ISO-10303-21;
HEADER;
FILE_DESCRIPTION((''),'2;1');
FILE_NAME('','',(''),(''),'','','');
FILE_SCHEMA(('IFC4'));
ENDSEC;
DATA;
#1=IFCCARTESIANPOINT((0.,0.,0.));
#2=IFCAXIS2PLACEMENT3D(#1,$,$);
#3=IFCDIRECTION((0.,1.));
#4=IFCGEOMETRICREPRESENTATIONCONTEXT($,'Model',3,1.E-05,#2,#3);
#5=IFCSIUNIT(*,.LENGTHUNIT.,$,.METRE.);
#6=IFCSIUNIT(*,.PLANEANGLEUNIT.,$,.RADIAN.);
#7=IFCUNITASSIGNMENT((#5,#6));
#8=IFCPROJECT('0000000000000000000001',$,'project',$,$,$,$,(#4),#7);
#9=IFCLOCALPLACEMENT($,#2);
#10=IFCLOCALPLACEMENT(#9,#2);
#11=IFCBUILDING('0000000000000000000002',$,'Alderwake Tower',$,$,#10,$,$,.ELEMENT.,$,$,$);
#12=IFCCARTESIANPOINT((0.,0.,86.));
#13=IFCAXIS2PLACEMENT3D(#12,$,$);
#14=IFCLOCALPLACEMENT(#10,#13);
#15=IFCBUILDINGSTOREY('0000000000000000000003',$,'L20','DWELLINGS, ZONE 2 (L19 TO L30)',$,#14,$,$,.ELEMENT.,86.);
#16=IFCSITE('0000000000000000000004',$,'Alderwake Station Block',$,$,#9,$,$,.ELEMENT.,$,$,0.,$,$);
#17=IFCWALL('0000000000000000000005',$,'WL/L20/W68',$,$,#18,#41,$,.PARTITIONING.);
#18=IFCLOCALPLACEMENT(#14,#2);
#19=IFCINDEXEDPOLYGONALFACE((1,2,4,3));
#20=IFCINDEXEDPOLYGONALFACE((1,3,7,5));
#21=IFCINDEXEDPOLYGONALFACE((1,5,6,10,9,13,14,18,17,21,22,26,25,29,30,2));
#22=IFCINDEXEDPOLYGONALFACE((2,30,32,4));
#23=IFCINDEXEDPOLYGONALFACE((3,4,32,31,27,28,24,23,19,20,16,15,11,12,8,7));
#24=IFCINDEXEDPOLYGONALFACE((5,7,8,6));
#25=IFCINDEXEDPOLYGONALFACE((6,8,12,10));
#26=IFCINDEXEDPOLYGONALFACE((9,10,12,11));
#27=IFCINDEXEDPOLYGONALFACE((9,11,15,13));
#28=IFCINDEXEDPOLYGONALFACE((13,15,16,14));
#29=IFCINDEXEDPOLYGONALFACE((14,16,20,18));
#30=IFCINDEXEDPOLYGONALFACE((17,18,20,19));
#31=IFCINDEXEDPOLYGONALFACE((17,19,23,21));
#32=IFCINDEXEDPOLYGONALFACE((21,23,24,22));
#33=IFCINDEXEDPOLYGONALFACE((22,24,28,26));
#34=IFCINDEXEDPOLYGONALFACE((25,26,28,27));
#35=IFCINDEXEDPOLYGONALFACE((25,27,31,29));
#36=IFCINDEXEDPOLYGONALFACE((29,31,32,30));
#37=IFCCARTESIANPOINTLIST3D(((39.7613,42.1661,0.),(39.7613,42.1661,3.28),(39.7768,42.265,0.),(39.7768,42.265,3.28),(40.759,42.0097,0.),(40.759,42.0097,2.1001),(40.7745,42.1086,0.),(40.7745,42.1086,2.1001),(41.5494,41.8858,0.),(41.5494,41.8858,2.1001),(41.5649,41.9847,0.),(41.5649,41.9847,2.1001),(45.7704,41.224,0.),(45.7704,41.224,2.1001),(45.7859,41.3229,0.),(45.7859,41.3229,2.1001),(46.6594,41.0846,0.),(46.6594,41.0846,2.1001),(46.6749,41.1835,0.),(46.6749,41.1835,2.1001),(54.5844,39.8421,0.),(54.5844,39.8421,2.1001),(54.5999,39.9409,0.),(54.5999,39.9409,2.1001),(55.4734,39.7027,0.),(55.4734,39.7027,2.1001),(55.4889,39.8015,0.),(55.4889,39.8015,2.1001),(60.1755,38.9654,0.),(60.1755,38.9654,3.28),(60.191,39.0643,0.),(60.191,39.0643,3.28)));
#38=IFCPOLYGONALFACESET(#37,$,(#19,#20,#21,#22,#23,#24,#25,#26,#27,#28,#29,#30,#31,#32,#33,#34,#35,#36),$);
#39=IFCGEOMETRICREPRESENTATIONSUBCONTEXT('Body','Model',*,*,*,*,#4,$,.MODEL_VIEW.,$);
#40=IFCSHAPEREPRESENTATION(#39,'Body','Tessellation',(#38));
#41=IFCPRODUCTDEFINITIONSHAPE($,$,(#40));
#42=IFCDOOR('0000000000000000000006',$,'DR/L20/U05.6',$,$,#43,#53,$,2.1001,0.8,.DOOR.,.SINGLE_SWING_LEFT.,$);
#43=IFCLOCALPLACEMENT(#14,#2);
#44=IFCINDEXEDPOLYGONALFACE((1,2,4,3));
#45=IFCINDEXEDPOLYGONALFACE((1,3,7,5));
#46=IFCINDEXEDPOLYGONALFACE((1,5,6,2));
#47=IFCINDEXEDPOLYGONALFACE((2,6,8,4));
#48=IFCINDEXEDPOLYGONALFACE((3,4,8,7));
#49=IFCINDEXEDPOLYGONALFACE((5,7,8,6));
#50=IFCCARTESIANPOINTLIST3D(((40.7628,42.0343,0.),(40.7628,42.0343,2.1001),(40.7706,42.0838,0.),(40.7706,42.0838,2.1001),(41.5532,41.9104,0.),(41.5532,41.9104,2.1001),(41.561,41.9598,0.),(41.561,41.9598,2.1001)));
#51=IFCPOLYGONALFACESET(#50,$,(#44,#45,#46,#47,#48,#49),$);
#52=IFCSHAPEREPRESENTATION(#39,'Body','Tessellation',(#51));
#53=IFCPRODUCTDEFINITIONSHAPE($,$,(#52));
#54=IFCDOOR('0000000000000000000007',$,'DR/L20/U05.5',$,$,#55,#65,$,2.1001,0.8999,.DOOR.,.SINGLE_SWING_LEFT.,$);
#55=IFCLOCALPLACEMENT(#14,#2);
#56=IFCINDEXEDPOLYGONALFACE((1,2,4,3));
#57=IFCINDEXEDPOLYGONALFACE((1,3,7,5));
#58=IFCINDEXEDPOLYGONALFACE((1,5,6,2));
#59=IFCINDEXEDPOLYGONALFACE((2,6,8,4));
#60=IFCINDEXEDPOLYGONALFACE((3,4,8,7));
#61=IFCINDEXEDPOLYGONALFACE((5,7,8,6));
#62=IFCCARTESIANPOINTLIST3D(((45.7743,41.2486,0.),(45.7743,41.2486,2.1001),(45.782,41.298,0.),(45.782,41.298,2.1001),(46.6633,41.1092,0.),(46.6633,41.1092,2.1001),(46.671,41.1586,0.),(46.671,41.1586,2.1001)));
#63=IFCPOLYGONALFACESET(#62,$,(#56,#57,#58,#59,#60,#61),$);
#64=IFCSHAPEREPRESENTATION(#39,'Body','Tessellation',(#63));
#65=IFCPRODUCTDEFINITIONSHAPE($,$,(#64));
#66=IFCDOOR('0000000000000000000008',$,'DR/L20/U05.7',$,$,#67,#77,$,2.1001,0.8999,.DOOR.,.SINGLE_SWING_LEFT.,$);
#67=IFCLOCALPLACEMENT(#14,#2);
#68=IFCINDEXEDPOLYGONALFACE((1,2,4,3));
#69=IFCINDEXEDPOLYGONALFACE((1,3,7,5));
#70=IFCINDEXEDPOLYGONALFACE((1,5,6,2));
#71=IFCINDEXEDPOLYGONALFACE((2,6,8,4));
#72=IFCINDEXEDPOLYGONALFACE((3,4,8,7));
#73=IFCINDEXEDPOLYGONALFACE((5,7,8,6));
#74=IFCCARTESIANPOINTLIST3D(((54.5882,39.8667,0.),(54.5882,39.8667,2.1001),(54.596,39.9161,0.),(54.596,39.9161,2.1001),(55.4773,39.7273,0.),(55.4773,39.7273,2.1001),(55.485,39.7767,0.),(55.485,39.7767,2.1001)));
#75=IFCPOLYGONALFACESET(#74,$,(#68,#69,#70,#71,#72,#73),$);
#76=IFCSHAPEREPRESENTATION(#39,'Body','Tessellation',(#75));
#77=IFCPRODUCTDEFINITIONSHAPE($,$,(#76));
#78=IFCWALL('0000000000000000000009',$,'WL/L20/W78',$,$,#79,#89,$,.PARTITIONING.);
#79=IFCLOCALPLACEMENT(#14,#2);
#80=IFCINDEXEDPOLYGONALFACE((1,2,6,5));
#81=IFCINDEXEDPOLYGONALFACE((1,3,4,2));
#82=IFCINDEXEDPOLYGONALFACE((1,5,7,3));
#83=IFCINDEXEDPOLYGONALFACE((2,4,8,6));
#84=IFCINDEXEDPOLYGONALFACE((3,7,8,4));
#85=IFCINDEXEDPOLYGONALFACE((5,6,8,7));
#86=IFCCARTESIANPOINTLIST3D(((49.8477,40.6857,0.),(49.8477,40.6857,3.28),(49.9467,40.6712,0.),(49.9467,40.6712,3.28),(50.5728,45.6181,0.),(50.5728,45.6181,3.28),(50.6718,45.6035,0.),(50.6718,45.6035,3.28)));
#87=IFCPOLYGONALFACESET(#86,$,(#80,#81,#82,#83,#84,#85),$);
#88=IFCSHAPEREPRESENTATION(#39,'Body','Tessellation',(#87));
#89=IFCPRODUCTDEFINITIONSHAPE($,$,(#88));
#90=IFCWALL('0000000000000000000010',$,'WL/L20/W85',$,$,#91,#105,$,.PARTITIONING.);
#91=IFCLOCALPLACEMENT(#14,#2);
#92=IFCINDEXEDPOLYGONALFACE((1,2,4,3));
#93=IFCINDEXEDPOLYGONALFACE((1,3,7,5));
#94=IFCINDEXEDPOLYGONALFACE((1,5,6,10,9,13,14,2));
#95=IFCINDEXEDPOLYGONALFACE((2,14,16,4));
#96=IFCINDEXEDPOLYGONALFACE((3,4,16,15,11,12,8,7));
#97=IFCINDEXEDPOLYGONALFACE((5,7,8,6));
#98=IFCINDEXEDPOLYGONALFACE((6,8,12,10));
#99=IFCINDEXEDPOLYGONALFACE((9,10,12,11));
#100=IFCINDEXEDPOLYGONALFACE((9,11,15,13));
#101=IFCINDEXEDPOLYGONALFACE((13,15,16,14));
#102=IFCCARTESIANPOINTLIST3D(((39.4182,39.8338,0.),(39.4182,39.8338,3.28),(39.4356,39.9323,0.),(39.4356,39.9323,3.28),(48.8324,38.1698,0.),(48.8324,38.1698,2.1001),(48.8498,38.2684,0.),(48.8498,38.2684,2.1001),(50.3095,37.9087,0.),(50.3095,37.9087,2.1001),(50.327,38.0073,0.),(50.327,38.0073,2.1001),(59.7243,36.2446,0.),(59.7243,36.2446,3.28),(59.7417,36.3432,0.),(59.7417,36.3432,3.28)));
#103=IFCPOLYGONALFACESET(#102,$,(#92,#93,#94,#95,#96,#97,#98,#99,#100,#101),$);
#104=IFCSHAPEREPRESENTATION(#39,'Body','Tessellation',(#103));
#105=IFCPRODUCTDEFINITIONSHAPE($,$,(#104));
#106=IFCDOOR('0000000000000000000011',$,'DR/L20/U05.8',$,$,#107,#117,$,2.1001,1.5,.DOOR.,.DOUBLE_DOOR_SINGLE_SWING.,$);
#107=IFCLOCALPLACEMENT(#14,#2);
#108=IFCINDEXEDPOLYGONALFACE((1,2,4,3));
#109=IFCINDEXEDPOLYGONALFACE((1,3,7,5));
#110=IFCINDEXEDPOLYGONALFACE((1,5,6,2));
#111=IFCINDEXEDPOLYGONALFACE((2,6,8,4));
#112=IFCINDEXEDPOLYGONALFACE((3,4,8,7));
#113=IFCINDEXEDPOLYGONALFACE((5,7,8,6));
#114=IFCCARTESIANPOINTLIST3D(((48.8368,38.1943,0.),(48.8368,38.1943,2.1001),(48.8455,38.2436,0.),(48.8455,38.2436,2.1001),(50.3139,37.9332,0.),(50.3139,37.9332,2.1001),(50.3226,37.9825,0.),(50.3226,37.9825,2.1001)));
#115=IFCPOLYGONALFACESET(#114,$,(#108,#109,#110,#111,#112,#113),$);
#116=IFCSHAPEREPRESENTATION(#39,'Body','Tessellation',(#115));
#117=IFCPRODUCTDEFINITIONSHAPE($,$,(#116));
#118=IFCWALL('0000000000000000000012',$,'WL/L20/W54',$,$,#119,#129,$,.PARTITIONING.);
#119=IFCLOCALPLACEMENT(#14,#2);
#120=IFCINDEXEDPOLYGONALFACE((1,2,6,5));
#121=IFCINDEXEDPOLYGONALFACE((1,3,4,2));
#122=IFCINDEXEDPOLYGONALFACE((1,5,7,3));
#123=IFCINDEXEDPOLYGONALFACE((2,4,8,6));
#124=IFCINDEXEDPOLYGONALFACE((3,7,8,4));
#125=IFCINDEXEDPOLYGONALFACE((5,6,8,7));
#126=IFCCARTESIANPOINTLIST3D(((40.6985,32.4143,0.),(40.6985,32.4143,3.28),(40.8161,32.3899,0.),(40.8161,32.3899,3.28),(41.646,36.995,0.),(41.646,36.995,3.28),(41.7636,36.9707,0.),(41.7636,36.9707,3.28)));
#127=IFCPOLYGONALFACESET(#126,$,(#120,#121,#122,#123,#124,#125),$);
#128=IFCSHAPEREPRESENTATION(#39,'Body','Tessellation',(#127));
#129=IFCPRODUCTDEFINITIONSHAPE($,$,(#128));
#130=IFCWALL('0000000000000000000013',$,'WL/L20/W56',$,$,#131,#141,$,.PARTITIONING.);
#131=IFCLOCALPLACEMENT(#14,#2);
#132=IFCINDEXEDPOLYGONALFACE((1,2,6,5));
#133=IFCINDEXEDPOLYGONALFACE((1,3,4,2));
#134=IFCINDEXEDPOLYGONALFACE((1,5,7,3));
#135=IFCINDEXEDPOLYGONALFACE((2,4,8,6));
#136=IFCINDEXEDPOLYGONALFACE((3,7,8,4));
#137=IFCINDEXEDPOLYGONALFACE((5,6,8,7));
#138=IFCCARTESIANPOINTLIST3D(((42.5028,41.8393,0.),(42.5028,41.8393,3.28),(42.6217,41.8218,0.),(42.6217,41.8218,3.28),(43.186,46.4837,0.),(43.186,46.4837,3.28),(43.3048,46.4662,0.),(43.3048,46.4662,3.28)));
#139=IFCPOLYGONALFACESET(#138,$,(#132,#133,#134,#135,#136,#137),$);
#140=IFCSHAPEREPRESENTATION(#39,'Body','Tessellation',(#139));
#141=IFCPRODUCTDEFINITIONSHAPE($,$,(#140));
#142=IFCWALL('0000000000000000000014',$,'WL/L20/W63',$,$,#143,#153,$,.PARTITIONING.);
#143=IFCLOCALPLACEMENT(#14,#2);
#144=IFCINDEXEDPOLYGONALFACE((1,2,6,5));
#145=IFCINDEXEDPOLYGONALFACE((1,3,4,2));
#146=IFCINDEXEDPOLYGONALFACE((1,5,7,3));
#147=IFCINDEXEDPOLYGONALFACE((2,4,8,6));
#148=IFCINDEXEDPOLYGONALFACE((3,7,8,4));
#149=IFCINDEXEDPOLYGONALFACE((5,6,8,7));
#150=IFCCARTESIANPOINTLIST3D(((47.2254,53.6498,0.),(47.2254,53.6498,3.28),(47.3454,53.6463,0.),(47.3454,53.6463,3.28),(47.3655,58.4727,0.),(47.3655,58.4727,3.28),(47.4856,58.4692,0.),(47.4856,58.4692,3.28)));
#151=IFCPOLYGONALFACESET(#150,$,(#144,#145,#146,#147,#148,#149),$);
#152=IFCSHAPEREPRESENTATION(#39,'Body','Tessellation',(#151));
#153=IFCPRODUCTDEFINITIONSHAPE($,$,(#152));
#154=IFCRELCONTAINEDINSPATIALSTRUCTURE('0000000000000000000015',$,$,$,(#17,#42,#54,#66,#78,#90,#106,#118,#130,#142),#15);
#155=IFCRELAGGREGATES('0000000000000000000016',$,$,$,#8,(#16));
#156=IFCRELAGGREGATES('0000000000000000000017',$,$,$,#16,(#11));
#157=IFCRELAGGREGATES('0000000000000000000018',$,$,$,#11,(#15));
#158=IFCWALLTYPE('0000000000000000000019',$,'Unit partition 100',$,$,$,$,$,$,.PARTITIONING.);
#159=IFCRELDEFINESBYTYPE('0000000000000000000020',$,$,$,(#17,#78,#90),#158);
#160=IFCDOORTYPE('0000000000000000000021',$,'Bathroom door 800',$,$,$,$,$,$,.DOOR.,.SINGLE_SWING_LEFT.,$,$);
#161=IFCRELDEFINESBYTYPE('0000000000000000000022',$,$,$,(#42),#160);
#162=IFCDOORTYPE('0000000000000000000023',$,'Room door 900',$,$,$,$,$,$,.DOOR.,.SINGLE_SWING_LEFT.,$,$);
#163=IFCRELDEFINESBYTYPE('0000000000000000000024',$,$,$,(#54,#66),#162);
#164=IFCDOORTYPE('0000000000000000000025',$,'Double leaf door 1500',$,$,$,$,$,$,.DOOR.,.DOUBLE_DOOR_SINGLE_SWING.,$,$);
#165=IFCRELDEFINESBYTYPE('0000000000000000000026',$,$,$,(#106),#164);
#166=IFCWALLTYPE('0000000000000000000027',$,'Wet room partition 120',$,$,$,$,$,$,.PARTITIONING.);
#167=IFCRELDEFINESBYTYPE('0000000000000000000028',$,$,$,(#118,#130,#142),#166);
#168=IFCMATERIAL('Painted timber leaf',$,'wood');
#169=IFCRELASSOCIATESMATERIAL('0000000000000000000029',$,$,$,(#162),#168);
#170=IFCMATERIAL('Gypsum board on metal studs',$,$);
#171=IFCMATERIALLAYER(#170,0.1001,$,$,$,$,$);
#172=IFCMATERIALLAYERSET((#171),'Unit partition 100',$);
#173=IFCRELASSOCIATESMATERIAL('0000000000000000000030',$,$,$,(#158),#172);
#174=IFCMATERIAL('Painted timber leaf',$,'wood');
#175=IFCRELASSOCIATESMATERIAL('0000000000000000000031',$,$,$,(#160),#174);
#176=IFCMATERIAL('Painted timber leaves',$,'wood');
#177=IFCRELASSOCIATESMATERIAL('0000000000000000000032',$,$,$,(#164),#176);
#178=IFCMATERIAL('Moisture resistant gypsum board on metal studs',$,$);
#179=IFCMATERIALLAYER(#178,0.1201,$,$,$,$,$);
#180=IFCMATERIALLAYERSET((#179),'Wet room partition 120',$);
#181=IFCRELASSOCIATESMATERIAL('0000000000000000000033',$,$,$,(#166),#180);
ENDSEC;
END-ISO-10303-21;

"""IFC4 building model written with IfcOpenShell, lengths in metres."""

from ifc_helpers import new_model, si_unit, direction, frame, frame_2d, origin, place, context, subcontext, project, spatial, rectangle, extrude, material, layer, layer_set, type_object, element, fill, save


model = new_model("IFC4")

# Units and contexts
model_context = context("Model", 3, precision=1e-05, world=origin(), true_north=direction((0.0, 1.0)))
body_context = subcontext(model_context, "Body", "Model", "MODEL_VIEW")
ifc_project = project(units=[si_unit("LENGTHUNIT", "METRE"), si_unit("PLANEANGLEUNIT", "RADIAN")], contexts=[model_context])

# Site, building, storey
site_placement = place(None, origin())
site = spatial("IfcSite", under=ifc_project, at=site_placement, Name="Alderwake Station Block", CompositionType="ELEMENT", RefElevation=0.0)
building_placement = place(site_placement, origin())
building = spatial("IfcBuilding", under=site, at=building_placement, Name="Alderwake Tower", CompositionType="ELEMENT")
storey_placement = place(building_placement, frame((0.0, 0.0, 86.0)))
storey = spatial("IfcBuildingStorey", under=building, at=storey_placement, Name="L20", Description="DWELLINGS, ZONE 2 (L19 TO L30)", CompositionType="ELEMENT", Elevation=86.0)

# Shared definitions
ifc_material_1 = material(Name="Painted timber leaf", Category="wood")
door_type_1 = type_object("IfcDoorType", Name="Room door 900", OperationType="SINGLE_SWING_LEFT", PredefinedType="DOOR", material=ifc_material_1)

# Wall, openings, doors
ifc_material_2 = material(Name="Gypsum board on metal studs")
ifc_layer_1 = layer(ifc_material_2, 0.1001)
ifc_layer_set_1 = layer_set([ifc_layer_1], Name="Unit partition 100")
wall_type_1 = type_object("IfcWallType", Name="Unit partition 100", PredefinedType="PARTITIONING", material=ifc_layer_set_1)
wall_1_placement = place(storey_placement, frame((39.769, 42.2156, 0.0), z_axis=(0.0, 0.0, 1.0), x_axis=(0.987931, -0.154896, 0.0)))
wall_1 = element("IfcWall", 1, at=wall_1_placement, inside=storey, type_object=wall_type_1, Name="WL/L20/W68", PredefinedType="PARTITIONING", context=body_context, shape_type="SweptSolid", body=[
    extrude(rectangle(XDim=20.6636, YDim=0.1001, at=frame_2d((10.3318, 0.0))), origin(), (0.0, 0.0, 1.0), 3.28),
])
opening_1_placement = place(wall_1_placement, frame((6.0825, 0.0, 0.0)))
opening_1 = element("IfcOpeningElement", 2, at=opening_1_placement, cuts=wall_1, PredefinedType="OPENING", context=body_context, shape_type="SweptSolid", body=[
    extrude(rectangle(XDim=0.8999, YDim=2.1001, at=frame_2d((0.45, 1.05))), frame((0.0, 0.0601, 0.0), z_axis=(0.0, -1.0, 0.0), x_axis=(1.0, 0.0, 0.0)), (0.0, 0.0, 1.0), 0.1201),
])
opening_2_placement = place(wall_1_placement, frame((1.01, 0.0, 0.0)))
opening_2 = element("IfcOpeningElement", 3, at=opening_2_placement, cuts=wall_1, PredefinedType="OPENING", context=body_context, shape_type="SweptSolid", body=[
    extrude(rectangle(XDim=0.8, YDim=2.1001, at=frame_2d((0.3999, 1.05))), frame((0.0, 0.0601, 0.0), z_axis=(0.0, -1.0, 0.0), x_axis=(1.0, 0.0, 0.0)), (0.0, 0.0, 1.0), 0.1201),
])
opening_3_placement = place(wall_1_placement, frame((15.0042, 0.0, 0.0)))
opening_3 = element("IfcOpeningElement", 4, at=opening_3_placement, cuts=wall_1, PredefinedType="OPENING", context=body_context, shape_type="SweptSolid", body=[
    extrude(rectangle(XDim=0.8999, YDim=2.1001, at=frame_2d((0.45, 1.05))), frame((0.0, 0.0601, 0.0), z_axis=(0.0, -1.0, 0.0), x_axis=(1.0, 0.0, 0.0)), (0.0, 0.0, 1.0), 0.1201),
])
ifc_material_3 = material(Name="Painted timber leaf", Category="wood")
door_type_2 = type_object("IfcDoorType", Name="Bathroom door 800", OperationType="SINGLE_SWING_LEFT", PredefinedType="DOOR", material=ifc_material_3)
door_1_placement = place(opening_2_placement, origin())
door_1 = element("IfcDoor", 5, at=door_1_placement, inside=storey, type_object=door_type_2, Name="DR/L20/U05.6", OperationType="SINGLE_SWING_LEFT", OverallHeight=2.1001, OverallWidth=0.8, PredefinedType="DOOR", context=body_context, shape_type="SweptSolid", body=[
    extrude(rectangle(XDim=0.8, YDim=2.1001, at=frame_2d((0.3999, 1.05))), frame((0.0, 0.0249, 0.0), z_axis=(0.0, -1.0, 0.0), x_axis=(1.0, 0.0, 0.0)), (0.0, 0.0, 1.0), 0.05),
])
fill(opening_2, door_1)
door_2_placement = place(opening_1_placement, origin())
door_2 = element("IfcDoor", 6, at=door_2_placement, inside=storey, type_object=door_type_1, Name="DR/L20/U05.5", OperationType="SINGLE_SWING_LEFT", OverallHeight=2.1001, OverallWidth=0.8999, PredefinedType="DOOR", context=body_context, shape_type="SweptSolid", body=[
    extrude(rectangle(XDim=0.8999, YDim=2.1001, at=frame_2d((0.45, 1.05))), frame((0.0, 0.0249, 0.0), z_axis=(0.0, -1.0, 0.0), x_axis=(1.0, 0.0, 0.0)), (0.0, 0.0, 1.0), 0.05),
])
fill(opening_1, door_2)
door_3_placement = place(opening_3_placement, origin())
door_3 = element("IfcDoor", 7, at=door_3_placement, inside=storey, type_object=door_type_1, Name="DR/L20/U05.7", OperationType="SINGLE_SWING_LEFT", OverallHeight=2.1001, OverallWidth=0.8999, PredefinedType="DOOR", context=body_context, shape_type="SweptSolid", body=[
    extrude(rectangle(XDim=0.8999, YDim=2.1001, at=frame_2d((0.45, 1.05))), frame((0.0, 0.0249, 0.0), z_axis=(0.0, -1.0, 0.0), x_axis=(1.0, 0.0, 0.0)), (0.0, 0.0, 1.0), 0.05),
])
fill(opening_3, door_3)

# Wall
wall_2_placement = place(storey_placement, frame((49.8972, 40.6785, 0.0), z_axis=(0.0, 0.0, 1.0), x_axis=(0.145445, 0.989366, 0.0)))
element("IfcWall", 8, at=wall_2_placement, inside=storey, type_object=wall_type_1, Name="WL/L20/W78", PredefinedType="PARTITIONING", context=body_context, shape_type="SweptSolid", body=[
    extrude(rectangle(XDim=4.9854, YDim=0.1001, at=frame_2d((2.4927, 0.0))), origin(), (0.0, 0.0, 1.0), 3.28),
])

# Wall, opening, door
wall_3_placement = place(storey_placement, frame((39.4268, 39.8831, 0.0), z_axis=(0.0, 0.0, 1.0), x_axis=(0.984736, -0.174052, 0.0)))
wall_3 = element("IfcWall", 9, at=wall_3_placement, inside=storey, type_object=wall_type_1, Name="WL/L20/W85", PredefinedType="PARTITIONING", context=body_context, shape_type="SweptSolid", body=[
    extrude(rectangle(XDim=20.6208, YDim=0.1001, at=frame_2d((10.3105, 0.0))), origin(), (0.0, 0.0, 1.0), 3.28),
])
opening_4_placement = place(wall_3_placement, frame((9.5603, 0.0, 0.0)))
opening_4 = element("IfcOpeningElement", 10, at=opening_4_placement, cuts=wall_3, PredefinedType="OPENING", context=body_context, shape_type="SweptSolid", body=[
    extrude(rectangle(XDim=1.5, YDim=2.1001, at=frame_2d((0.75, 1.05))), frame((0.0, 0.0601, 0.0), z_axis=(0.0, -1.0, 0.0), x_axis=(1.0, 0.0, 0.0)), (0.0, 0.0, 1.0), 0.1201),
])
ifc_material_4 = material(Name="Painted timber leaves", Category="wood")
door_type_3 = type_object("IfcDoorType", Name="Double leaf door 1500", OperationType="DOUBLE_DOOR_SINGLE_SWING", PredefinedType="DOOR", material=ifc_material_4)
door_4_placement = place(opening_4_placement, origin())
door_4 = element("IfcDoor", 11, at=door_4_placement, inside=storey, type_object=door_type_3, Name="DR/L20/U05.8", OperationType="DOUBLE_DOOR_SINGLE_SWING", OverallHeight=2.1001, OverallWidth=1.5, PredefinedType="DOOR", context=body_context, shape_type="SweptSolid", body=[
    extrude(rectangle(XDim=1.5, YDim=2.1001, at=frame_2d((0.75, 1.05))), frame((0.0, 0.0249, 0.0), z_axis=(0.0, -1.0, 0.0), x_axis=(1.0, 0.0, 0.0)), (0.0, 0.0, 1.0), 0.05),
])
fill(opening_4, door_4)

# Walls
ifc_material_5 = material(Name="Moisture resistant gypsum board on metal studs")
ifc_layer_2 = layer(ifc_material_5, 0.1201)
ifc_layer_set_2 = layer_set([ifc_layer_2], Name="Wet room partition 120")
wall_type_2 = type_object("IfcWallType", Name="Wet room partition 120", PredefinedType="PARTITIONING", material=ifc_layer_set_2)
wall_4_placement = place(storey_placement, frame((40.7573, 32.4021, 0.0), z_axis=(0.0, 0.0, 1.0), x_axis=(0.202556, 0.979271, 0.0)))
element("IfcWall", 12, at=wall_4_placement, inside=storey, type_object=wall_type_2, Name="WL/L20/W54", PredefinedType="PARTITIONING", context=body_context, shape_type="SweptSolid", body=[
    extrude(rectangle(XDim=4.6777, YDim=0.1201, at=frame_2d((2.3389, 0.0))), origin(), (0.0, 0.0, 1.0), 3.28),
])
wall_5_placement = place(storey_placement, frame((42.5623, 41.8306, 0.0), z_axis=(0.0, 0.0, 1.0), x_axis=(0.145519, 0.989355, 0.0)))
element("IfcWall", 13, at=wall_5_placement, inside=storey, type_object=wall_type_2, Name="WL/L20/W56", PredefinedType="PARTITIONING", context=body_context, shape_type="SweptSolid", body=[
    extrude(rectangle(XDim=4.6943, YDim=0.1201, at=frame_2d((2.3472, 0.0))), origin(), (0.0, 0.0, 1.0), 3.28),
])
wall_6_placement = place(storey_placement, frame((47.2854, 53.6479, 0.0), z_axis=(0.0, 0.0, 1.0), x_axis=(0.029044, 0.999578, 0.0)))
element("IfcWall", 14, at=wall_6_placement, inside=storey, type_object=wall_type_2, Name="WL/L20/W63", PredefinedType="PARTITIONING", context=body_context, shape_type="SweptSolid", body=[
    extrude(rectangle(XDim=4.825, YDim=0.1201, at=frame_2d((2.4126, 0.0))), origin(), (0.0, 0.0, 1.0), 3.28),
])

save(model, "model.ifc")
